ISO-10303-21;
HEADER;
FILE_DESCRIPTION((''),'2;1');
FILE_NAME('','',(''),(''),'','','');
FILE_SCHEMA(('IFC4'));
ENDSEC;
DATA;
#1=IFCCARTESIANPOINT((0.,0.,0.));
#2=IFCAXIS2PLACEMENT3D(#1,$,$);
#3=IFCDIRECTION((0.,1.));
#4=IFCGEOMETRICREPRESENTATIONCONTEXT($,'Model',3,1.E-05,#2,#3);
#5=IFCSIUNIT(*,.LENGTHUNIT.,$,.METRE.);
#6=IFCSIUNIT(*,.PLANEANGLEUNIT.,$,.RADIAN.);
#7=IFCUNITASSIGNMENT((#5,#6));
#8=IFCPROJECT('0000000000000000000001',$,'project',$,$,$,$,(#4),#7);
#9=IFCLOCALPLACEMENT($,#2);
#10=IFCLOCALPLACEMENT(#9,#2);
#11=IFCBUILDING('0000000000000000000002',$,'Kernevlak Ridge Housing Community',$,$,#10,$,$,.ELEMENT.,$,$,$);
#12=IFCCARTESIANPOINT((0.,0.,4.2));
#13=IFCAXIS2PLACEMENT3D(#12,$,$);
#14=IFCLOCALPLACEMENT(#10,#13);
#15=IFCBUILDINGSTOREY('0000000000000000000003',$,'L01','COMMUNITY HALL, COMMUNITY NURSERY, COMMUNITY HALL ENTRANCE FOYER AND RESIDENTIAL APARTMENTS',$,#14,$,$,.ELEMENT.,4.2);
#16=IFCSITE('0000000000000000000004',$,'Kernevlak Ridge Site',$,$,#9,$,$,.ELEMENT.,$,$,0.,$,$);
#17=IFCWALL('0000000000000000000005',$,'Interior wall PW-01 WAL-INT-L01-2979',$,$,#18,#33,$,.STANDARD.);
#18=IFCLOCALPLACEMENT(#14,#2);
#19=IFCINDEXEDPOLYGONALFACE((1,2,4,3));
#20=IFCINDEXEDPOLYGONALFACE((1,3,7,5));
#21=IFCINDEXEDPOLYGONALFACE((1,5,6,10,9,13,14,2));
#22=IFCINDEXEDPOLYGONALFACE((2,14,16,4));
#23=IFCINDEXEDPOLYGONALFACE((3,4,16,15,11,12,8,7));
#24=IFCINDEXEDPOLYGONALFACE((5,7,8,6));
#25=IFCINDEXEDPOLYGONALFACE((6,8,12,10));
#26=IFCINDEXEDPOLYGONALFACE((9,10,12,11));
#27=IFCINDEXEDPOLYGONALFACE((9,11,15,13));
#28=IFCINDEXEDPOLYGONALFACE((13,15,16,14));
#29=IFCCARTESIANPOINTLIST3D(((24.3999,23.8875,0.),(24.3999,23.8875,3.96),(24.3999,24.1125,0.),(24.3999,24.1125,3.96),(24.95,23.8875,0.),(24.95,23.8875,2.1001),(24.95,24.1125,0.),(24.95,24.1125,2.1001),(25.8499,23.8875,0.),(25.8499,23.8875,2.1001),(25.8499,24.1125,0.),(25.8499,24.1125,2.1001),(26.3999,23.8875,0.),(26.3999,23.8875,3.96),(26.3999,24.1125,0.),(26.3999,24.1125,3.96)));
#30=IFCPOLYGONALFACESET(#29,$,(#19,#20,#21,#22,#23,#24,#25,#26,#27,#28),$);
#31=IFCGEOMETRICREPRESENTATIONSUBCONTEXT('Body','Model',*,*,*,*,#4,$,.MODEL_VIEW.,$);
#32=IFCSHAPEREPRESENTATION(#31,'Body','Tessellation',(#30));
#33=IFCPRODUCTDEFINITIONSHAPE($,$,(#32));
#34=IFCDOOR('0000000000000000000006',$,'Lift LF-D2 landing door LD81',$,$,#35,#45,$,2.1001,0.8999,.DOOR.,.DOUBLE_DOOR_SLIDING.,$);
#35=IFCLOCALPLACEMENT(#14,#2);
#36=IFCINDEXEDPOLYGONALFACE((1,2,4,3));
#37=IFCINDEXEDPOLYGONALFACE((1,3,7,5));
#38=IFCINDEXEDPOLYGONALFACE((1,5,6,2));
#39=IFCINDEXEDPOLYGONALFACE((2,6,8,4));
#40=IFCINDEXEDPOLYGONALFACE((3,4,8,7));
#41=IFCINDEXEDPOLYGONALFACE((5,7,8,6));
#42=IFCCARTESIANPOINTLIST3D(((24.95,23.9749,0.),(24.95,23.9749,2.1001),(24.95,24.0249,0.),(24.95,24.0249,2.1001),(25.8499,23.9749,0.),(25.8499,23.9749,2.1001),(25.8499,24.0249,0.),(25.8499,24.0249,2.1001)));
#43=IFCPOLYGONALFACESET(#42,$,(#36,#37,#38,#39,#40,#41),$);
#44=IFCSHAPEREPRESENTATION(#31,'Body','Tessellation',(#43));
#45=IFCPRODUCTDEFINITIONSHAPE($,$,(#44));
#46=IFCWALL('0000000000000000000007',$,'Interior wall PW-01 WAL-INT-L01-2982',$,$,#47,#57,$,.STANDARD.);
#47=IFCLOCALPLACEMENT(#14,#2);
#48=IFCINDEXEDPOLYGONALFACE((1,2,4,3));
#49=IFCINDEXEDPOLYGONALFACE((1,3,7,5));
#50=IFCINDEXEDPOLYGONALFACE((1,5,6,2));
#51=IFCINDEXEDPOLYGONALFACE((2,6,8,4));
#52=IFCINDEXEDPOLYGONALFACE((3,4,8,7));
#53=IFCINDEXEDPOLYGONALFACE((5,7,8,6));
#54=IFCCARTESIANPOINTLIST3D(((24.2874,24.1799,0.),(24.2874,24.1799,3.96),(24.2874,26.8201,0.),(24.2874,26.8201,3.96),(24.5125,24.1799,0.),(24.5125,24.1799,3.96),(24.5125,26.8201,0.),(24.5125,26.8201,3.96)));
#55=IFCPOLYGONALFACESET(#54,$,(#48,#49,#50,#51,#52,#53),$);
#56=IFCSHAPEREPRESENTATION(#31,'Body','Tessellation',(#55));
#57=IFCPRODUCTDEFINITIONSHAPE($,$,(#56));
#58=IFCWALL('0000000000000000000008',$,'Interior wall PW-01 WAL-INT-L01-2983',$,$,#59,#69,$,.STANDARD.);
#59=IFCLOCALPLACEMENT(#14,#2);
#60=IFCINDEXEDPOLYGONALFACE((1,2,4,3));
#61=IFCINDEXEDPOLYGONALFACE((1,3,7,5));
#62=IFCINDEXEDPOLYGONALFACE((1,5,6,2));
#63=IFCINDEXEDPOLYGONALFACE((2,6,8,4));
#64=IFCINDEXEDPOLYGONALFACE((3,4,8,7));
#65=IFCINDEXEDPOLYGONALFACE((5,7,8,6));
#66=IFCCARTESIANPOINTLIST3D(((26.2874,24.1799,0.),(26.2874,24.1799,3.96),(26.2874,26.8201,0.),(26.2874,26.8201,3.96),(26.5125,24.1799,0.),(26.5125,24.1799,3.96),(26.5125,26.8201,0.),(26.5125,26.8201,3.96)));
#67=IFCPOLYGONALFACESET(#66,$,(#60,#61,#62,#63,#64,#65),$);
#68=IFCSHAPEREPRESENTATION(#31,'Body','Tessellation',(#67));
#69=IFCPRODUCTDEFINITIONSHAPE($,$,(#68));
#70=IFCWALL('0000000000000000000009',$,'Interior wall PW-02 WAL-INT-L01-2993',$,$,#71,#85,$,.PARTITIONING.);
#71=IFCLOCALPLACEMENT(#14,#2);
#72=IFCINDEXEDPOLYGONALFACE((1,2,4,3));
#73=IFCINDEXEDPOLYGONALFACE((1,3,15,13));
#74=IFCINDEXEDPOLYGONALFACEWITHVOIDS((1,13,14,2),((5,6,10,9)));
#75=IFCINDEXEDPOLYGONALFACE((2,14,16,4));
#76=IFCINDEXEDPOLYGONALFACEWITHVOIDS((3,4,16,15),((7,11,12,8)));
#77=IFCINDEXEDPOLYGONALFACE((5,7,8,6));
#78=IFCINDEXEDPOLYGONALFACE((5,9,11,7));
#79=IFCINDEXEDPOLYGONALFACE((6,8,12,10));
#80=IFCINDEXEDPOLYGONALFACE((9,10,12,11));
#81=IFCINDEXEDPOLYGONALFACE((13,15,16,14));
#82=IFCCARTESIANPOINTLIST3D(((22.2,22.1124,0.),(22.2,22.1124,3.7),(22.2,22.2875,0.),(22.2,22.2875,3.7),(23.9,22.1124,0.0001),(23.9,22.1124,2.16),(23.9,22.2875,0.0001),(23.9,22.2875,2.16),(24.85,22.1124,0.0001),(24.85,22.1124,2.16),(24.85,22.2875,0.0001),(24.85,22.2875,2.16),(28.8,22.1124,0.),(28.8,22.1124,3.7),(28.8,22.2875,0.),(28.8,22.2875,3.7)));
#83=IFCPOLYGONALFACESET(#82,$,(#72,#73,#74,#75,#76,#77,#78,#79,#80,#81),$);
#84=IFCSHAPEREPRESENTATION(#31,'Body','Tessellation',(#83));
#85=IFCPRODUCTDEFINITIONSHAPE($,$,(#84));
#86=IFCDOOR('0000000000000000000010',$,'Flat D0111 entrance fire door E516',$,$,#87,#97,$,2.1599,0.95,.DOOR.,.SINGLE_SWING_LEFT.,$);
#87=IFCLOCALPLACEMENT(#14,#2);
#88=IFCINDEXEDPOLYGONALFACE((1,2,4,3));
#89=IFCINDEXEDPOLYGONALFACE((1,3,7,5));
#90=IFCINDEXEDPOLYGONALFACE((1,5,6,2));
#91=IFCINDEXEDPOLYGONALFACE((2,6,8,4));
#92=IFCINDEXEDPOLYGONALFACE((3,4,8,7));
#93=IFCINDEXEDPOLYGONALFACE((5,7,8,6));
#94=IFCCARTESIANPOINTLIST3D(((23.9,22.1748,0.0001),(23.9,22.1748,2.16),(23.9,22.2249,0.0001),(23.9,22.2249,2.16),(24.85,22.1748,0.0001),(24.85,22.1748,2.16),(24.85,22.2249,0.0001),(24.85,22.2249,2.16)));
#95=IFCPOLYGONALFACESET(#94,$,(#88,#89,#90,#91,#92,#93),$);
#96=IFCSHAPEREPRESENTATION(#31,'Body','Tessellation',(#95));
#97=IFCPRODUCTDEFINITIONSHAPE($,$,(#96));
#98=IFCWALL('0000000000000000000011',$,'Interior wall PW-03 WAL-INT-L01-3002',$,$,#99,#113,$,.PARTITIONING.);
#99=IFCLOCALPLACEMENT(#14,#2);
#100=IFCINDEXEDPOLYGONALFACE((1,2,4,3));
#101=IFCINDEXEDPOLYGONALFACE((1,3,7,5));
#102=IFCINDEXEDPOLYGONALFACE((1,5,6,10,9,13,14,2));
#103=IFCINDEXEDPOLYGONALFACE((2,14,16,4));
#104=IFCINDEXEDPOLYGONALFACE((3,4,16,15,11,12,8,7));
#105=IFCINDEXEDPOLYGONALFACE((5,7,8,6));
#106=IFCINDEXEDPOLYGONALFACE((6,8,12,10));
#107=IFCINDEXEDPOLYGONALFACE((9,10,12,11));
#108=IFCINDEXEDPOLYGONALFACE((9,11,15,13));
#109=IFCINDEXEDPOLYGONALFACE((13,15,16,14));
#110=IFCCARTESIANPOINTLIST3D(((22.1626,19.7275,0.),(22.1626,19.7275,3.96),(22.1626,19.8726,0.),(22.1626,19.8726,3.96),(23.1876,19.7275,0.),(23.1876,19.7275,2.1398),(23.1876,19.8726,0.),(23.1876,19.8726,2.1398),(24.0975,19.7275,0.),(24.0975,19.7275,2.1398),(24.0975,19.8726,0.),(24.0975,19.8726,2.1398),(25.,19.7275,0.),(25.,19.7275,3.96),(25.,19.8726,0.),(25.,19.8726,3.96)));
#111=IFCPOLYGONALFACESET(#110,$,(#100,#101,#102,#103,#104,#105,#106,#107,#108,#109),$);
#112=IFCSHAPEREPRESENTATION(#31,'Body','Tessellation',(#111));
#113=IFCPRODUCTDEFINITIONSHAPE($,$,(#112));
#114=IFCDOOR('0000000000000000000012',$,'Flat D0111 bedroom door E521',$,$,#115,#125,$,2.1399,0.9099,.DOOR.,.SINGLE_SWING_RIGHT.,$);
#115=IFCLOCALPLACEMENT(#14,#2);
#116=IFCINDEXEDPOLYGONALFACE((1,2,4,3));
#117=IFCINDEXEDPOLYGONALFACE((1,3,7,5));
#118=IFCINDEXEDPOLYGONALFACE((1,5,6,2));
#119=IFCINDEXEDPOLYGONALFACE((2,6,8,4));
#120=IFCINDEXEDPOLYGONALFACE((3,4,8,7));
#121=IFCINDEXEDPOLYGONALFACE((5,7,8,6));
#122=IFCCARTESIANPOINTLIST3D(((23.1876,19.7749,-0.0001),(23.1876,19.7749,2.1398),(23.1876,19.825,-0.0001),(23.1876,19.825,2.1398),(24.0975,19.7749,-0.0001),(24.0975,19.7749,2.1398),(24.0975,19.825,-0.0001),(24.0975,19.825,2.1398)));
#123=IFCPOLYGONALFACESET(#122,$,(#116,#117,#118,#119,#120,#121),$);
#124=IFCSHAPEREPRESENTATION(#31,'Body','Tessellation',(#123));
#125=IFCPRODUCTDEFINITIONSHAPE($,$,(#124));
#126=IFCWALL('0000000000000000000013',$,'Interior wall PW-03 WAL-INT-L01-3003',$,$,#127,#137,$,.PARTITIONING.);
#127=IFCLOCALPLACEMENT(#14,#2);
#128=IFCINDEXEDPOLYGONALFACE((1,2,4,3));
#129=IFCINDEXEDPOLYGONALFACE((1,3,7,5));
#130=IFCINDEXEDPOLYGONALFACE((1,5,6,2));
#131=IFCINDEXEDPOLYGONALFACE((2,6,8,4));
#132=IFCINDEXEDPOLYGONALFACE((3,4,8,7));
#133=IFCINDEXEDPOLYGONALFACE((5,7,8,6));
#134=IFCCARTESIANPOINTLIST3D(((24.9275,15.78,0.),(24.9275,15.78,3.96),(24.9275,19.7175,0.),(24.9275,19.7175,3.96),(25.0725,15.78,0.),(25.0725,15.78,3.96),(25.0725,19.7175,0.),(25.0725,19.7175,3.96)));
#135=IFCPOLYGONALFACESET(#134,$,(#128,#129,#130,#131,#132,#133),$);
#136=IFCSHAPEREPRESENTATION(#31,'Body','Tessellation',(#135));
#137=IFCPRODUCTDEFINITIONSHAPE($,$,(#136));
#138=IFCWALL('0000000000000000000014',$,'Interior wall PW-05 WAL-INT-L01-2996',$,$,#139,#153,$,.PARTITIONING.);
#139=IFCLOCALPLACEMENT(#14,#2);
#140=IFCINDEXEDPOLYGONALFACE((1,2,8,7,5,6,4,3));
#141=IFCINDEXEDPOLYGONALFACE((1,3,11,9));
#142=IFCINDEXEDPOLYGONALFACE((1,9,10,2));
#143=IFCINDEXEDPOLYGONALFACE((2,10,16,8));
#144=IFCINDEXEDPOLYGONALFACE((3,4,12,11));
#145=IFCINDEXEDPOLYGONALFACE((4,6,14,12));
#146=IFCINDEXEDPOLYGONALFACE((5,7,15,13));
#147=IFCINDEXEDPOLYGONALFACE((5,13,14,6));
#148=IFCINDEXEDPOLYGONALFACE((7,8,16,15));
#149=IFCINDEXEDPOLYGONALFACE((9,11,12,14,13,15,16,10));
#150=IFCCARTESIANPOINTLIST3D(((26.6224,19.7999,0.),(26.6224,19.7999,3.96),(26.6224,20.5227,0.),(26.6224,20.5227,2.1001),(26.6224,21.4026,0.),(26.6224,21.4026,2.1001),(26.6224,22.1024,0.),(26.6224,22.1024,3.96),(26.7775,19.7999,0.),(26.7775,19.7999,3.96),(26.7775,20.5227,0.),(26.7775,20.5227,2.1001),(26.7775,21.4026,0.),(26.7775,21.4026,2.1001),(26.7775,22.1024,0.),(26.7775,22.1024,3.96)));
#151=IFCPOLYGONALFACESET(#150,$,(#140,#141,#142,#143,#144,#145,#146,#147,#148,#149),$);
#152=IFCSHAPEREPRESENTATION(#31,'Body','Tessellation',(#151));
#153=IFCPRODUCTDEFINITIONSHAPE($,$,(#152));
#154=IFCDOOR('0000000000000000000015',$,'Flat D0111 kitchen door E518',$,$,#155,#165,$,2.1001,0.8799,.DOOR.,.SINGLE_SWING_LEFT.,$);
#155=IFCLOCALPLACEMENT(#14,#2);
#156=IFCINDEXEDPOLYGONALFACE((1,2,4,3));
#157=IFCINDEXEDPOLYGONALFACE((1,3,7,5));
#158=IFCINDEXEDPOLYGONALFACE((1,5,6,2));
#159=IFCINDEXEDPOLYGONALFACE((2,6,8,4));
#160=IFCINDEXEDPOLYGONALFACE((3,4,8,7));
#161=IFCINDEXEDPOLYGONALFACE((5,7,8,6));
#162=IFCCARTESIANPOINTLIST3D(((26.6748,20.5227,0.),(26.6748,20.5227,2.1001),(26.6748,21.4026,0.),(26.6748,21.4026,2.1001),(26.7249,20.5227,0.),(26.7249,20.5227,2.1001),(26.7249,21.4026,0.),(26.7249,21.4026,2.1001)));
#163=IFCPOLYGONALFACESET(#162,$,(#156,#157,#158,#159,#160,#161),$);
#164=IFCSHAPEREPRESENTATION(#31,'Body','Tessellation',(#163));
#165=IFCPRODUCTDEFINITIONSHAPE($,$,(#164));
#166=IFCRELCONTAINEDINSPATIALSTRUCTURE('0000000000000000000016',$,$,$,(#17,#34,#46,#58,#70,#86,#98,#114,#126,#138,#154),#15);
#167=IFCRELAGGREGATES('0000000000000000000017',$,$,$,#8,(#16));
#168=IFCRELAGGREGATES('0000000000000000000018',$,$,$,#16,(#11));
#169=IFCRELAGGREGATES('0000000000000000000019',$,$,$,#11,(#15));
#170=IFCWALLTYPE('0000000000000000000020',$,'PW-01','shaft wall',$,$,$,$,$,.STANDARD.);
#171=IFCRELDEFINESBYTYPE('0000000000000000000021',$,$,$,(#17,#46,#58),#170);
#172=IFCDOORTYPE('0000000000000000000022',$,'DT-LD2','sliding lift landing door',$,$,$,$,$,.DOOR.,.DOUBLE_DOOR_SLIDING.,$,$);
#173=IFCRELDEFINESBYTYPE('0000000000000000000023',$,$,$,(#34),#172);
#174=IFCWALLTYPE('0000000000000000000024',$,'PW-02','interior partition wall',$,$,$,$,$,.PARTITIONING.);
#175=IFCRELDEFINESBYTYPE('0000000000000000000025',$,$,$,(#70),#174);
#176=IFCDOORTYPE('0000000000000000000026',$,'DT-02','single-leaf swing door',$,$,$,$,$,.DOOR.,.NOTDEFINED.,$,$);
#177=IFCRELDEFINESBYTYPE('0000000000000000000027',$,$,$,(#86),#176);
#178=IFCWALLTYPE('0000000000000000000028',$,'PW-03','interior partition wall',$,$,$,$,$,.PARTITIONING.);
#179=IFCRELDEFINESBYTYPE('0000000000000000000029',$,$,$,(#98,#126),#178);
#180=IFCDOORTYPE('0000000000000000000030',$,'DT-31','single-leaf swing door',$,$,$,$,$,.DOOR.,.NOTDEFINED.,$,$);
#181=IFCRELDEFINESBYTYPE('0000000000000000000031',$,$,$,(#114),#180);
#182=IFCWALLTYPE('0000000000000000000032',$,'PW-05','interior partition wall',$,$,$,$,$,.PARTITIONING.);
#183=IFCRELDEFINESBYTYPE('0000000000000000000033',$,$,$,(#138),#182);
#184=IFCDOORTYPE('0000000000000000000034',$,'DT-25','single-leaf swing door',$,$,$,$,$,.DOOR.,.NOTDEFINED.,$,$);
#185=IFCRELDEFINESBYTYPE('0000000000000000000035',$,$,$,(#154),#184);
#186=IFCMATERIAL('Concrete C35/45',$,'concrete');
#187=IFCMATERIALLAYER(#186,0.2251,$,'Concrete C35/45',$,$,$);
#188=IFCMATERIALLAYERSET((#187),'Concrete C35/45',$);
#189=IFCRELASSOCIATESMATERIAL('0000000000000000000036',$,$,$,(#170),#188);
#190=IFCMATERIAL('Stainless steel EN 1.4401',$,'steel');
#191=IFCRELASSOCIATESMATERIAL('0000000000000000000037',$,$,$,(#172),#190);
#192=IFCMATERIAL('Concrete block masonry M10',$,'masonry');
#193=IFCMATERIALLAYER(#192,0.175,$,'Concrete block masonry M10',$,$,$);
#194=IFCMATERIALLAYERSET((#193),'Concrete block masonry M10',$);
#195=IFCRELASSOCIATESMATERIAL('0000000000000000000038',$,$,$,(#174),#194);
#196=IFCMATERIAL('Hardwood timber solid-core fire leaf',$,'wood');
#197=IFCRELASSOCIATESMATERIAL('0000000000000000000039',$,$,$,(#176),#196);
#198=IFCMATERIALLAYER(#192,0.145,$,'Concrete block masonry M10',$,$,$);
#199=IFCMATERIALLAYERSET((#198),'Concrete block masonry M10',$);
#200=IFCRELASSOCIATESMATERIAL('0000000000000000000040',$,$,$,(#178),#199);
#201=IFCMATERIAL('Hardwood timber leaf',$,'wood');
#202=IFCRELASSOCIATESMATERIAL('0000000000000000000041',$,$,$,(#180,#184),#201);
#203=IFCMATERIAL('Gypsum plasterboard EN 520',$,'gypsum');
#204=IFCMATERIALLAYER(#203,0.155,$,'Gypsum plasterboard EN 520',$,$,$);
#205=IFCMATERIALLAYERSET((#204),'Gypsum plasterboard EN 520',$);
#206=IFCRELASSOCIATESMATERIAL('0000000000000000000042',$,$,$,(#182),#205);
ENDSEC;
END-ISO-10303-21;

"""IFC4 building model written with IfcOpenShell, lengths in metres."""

from ifc_helpers import new_model, si_unit, direction, frame, frame_2d, origin, place, context, subcontext, project, spatial, rectangle, extrude, material, layer, layer_set, type_object, element, fill, save


model = new_model("IFC4")

# Units and contexts
model_context = context("Model", 3, precision=1e-05, world=origin(), true_north=direction((0.0, 1.0)))
body_context = subcontext(model_context, "Body", "Model", "MODEL_VIEW")
ifc_project = project(units=[si_unit("LENGTHUNIT", "METRE"), si_unit("PLANEANGLEUNIT", "RADIAN")], contexts=[model_context])

# Site, building, storey
site_placement = place(None, origin())
site = spatial("IfcSite", under=ifc_project, at=site_placement, Name="Kernevlak Ridge Site", CompositionType="ELEMENT", RefElevation=0.0)
building_placement = place(site_placement, origin())
building = spatial("IfcBuilding", under=site, at=building_placement, Name="Kernevlak Ridge Housing Community", CompositionType="ELEMENT")
storey_placement = place(building_placement, frame((0.0, 0.0, 4.2)))
storey = spatial("IfcBuildingStorey", under=building, at=storey_placement, Name="L01", Description="COMMUNITY HALL, COMMUNITY NURSERY, COMMUNITY HALL ENTRANCE FOYER AND RESIDENTIAL APARTMENTS", CompositionType="ELEMENT", Elevation=4.2)

# Shared definitions
ifc_material_1 = material(Name="Concrete C35/45", Category="concrete")

# Shared definitions
ifc_material_2 = material(Name="Concrete block masonry M10", Category="masonry")

# Wall, opening, door
ifc_layer_1 = layer(ifc_material_1, 0.2251, Name="Concrete C35/45")
ifc_layer_set_1 = layer_set([ifc_layer_1], Name="Concrete C35/45")
wall_type_1 = type_object("IfcWallType", Name="PW-01", Description="shaft wall", PredefinedType="STANDARD", material=ifc_layer_set_1)
ifc_material_3 = material(Name="Stainless steel EN 1.4401", Category="steel")
wall_1_placement = place(storey_placement, frame((24.3999, 24.0, 0.0), z_axis=(0.0, 0.0, 1.0), x_axis=(1.0, 0.0, 0.0)))
wall_1 = element("IfcWall", 1, at=wall_1_placement, inside=storey, type_object=wall_type_1, Name="Interior wall PW-01 WAL-INT-L01-2979", PredefinedType="STANDARD", context=body_context, shape_type="SweptSolid", body=[
    extrude(rectangle(XDim=2.0, YDim=0.2251, at=frame_2d((1.0, 0.0))), origin(), (0.0, 0.0, 1.0), 3.96),
])
opening_1_placement = place(wall_1_placement, frame((0.55, 0.0, 0.0)))
opening_1 = element("IfcOpeningElement", 2, at=opening_1_placement, cuts=wall_1, PredefinedType="OPENING", context=body_context, shape_type="SweptSolid", body=[
    extrude(rectangle(XDim=0.8999, YDim=2.1001, at=frame_2d((0.45, 1.05))), frame((0.0, 0.1226, 0.0), z_axis=(0.0, -1.0, 0.0), x_axis=(1.0, 0.0, 0.0)), (0.0, 0.0, 1.0), 0.2451),
])
door_type_1 = type_object("IfcDoorType", Name="DT-LD2", Description="sliding lift landing door", OperationType="DOUBLE_DOOR_SLIDING", PredefinedType="DOOR", material=ifc_material_3)
door_1_placement = place(opening_1_placement, origin())
door_1 = element("IfcDoor", 3, at=door_1_placement, inside=storey, type_object=door_type_1, Name="Lift LF-D2 landing door LD81", OperationType="DOUBLE_DOOR_SLIDING", OverallHeight=2.1001, OverallWidth=0.8999, PredefinedType="DOOR", context=body_context, shape_type="SweptSolid", body=[
    extrude(rectangle(XDim=0.8999, YDim=2.1001, at=frame_2d((0.45, 1.05))), frame((0.0, 0.0249, 0.0), z_axis=(0.0, -1.0, 0.0), x_axis=(1.0, 0.0, 0.0)), (0.0, 0.0, 1.0), 0.05),
])
fill(opening_1, door_1)

# Walls
for number, where, z_axis, x_axis, name in (
    (4, (24.3999, 24.1799, 0.0), (0.0, 0.0, 1.0), (0.0, 1.0, 0.0), "Interior wall PW-01 WAL-INT-L01-2982"),
    (5, (26.3999, 24.1799, 0.0), (0.0, 0.0, 1.0), (0.0, 1.0, 0.0), "Interior wall PW-01 WAL-INT-L01-2983"),
):
    element("IfcWall", number, at=place(storey_placement, frame(where, z_axis=z_axis, x_axis=x_axis)), inside=storey, type_object=wall_type_1, Name=name, PredefinedType="STANDARD", context=body_context, shape_type="SweptSolid", body=[
        extrude(rectangle(XDim=2.6401, YDim=0.2251, at=frame_2d((1.3201, 0.0))), origin(), (0.0, 0.0, 1.0), 3.96),
    ])

# Walls, openings, doors
ifc_layer_2 = layer(ifc_material_2, 0.175, Name="Concrete block masonry M10")
ifc_layer_set_2 = layer_set([ifc_layer_2], Name="Concrete block masonry M10")
wall_type_2 = type_object("IfcWallType", Name="PW-02", Description="interior partition wall", PredefinedType="PARTITIONING", material=ifc_layer_set_2)
wall_2_placement = place(storey_placement, frame((22.2, 22.2, 0.0), z_axis=(0.0, 0.0, 1.0), x_axis=(1.0, 0.0, 0.0)))
wall_2 = element("IfcWall", 6, at=wall_2_placement, inside=storey, type_object=wall_type_2, Name="Interior wall PW-02 WAL-INT-L01-2993", PredefinedType="PARTITIONING", context=body_context, shape_type="SweptSolid", body=[
    extrude(rectangle(XDim=6.6001, YDim=0.175, at=frame_2d((3.3, 0.0))), origin(), (0.0, 0.0, 1.0), 3.7),
])
opening_2_placement = place(wall_2_placement, frame((1.7, 0.0, 0.0)))
opening_2 = element("IfcOpeningElement", 7, at=opening_2_placement, cuts=wall_2, PredefinedType="OPENING", context=body_context, shape_type="SweptSolid", body=[
    extrude(rectangle(XDim=0.95, YDim=2.1599, at=frame_2d((0.4751, 1.0801))), frame((0.0, 0.0974, 0.0), z_axis=(0.0, -1.0, 0.0), x_axis=(1.0, 0.0, 0.0)), (0.0, 0.0, 1.0), 0.1951),
])
ifc_material_4 = material(Name="Hardwood timber solid-core fire leaf", Category="wood")
door_type_2 = type_object("IfcDoorType", Name="DT-02", Description="single-leaf swing door", OperationType="NOTDEFINED", PredefinedType="DOOR", material=ifc_material_4)
door_2_placement = place(opening_2_placement, origin())
door_2 = element("IfcDoor", 8, at=door_2_placement, inside=storey, type_object=door_type_2, Name="Flat D0111 entrance fire door E516", OperationType="SINGLE_SWING_LEFT", OverallHeight=2.1599, OverallWidth=0.95, PredefinedType="DOOR", context=body_context, shape_type="SweptSolid", body=[
    extrude(rectangle(XDim=0.95, YDim=2.1599, at=frame_2d((0.4751, 1.0801))), frame((0.0, 0.0249, 0.0), z_axis=(0.0, -1.0, 0.0), x_axis=(1.0, 0.0, 0.0)), (0.0, 0.0, 1.0), 0.05),
])
fill(opening_2, door_2)
ifc_layer_3 = layer(ifc_material_2, 0.145, Name="Concrete block masonry M10")
ifc_layer_set_3 = layer_set([ifc_layer_3], Name="Concrete block masonry M10")
wall_type_3 = type_object("IfcWallType", Name="PW-03", Description="interior partition wall", PredefinedType="PARTITIONING", material=ifc_layer_set_3)
wall_3_placement = place(storey_placement, frame((22.1626, 19.8, 0.0), z_axis=(0.0, 0.0, 1.0), x_axis=(1.0, 0.0, 0.0)))
wall_3 = element("IfcWall", 9, at=wall_3_placement, inside=storey, type_object=wall_type_3, Name="Interior wall PW-03 WAL-INT-L01-3002", PredefinedType="PARTITIONING", context=body_context, shape_type="SweptSolid", body=[
    extrude(rectangle(XDim=2.8374, YDim=0.145, at=frame_2d((1.4187, 0.0))), origin(), (0.0, 0.0, 1.0), 3.96),
])
opening_3_placement = place(wall_3_placement, frame((1.0249, 0.0, 0.0)))
opening_3 = element("IfcOpeningElement", 10, at=opening_3_placement, cuts=wall_3, PredefinedType="OPENING", context=body_context, shape_type="SweptSolid", body=[
    extrude(rectangle(XDim=0.9099, YDim=2.1399, at=frame_2d((0.4551, 1.0698))), frame((0.0, 0.0825, 0.0), z_axis=(0.0, -1.0, 0.0), x_axis=(1.0, 0.0, 0.0)), (0.0, 0.0, 1.0), 0.165),
])
ifc_material_5 = material(Name="Hardwood timber leaf", Category="wood")
door_type_3 = type_object("IfcDoorType", Name="DT-31", Description="single-leaf swing door", OperationType="NOTDEFINED", PredefinedType="DOOR", material=ifc_material_5)
door_3_placement = place(opening_3_placement, origin())
door_3 = element("IfcDoor", 11, at=door_3_placement, inside=storey, type_object=door_type_3, Name="Flat D0111 bedroom door E521", OperationType="SINGLE_SWING_RIGHT", OverallHeight=2.1399, OverallWidth=0.9099, PredefinedType="DOOR", context=body_context, shape_type="SweptSolid", body=[
    extrude(rectangle(XDim=0.9099, YDim=2.1399, at=frame_2d((0.4551, 1.0698))), frame((0.0, 0.0249, 0.0), z_axis=(0.0, -1.0, 0.0), x_axis=(1.0, 0.0, 0.0)), (0.0, 0.0, 1.0), 0.05),
])
fill(opening_3, door_3)

# Wall
wall_4_placement = place(storey_placement, frame((25.0, 19.7175, 0.0), z_axis=(0.0, 0.0, 1.0), x_axis=(0.0, -1.0, 0.0)))
element("IfcWall", 12, at=wall_4_placement, inside=storey, type_object=wall_type_3, Name="Interior wall PW-03 WAL-INT-L01-3003", PredefinedType="PARTITIONING", context=body_context, shape_type="SweptSolid", body=[
    extrude(rectangle(XDim=3.9375, YDim=0.145, at=frame_2d((1.9688, 0.0))), origin(), (0.0, 0.0, 1.0), 3.96),
])

# Wall, opening, door
ifc_material_6 = material(Name="Gypsum plasterboard EN 520", Category="gypsum")
ifc_layer_4 = layer(ifc_material_6, 0.155, Name="Gypsum plasterboard EN 520")
ifc_layer_set_4 = layer_set([ifc_layer_4], Name="Gypsum plasterboard EN 520")
wall_type_4 = type_object("IfcWallType", Name="PW-05", Description="interior partition wall", PredefinedType="PARTITIONING", material=ifc_layer_set_4)
wall_5_placement = place(storey_placement, frame((26.7, 22.1025, 0.0), z_axis=(0.0, 0.0, 1.0), x_axis=(0.0, -1.0, 0.0)))
wall_5 = element("IfcWall", 13, at=wall_5_placement, inside=storey, type_object=wall_type_4, Name="Interior wall PW-05 WAL-INT-L01-2996", PredefinedType="PARTITIONING", context=body_context, shape_type="SweptSolid", body=[
    extrude(rectangle(XDim=2.3025, YDim=0.155, at=frame_2d((1.1514, 0.0))), origin(), (0.0, 0.0, 1.0), 3.96),
])
opening_4_placement = place(wall_5_placement, frame((0.7, 0.0, 0.0)))
opening_4 = element("IfcOpeningElement", 14, at=opening_4_placement, cuts=wall_5, PredefinedType="OPENING", context=body_context, shape_type="SweptSolid", body=[
    extrude(rectangle(XDim=0.8799, YDim=2.1001, at=frame_2d((0.4399, 1.05))), frame((0.0, 0.0874, 0.0), z_axis=(0.0, -1.0, 0.0), x_axis=(1.0, 0.0, 0.0)), (0.0, 0.0, 1.0), 0.175),
])
door_type_4 = type_object("IfcDoorType", Name="DT-25", Description="single-leaf swing door", OperationType="NOTDEFINED", PredefinedType="DOOR", material=ifc_material_5)
door_4_placement = place(opening_4_placement, origin())
door_4 = element("IfcDoor", 15, at=door_4_placement, inside=storey, type_object=door_type_4, Name="Flat D0111 kitchen door E518", OperationType="SINGLE_SWING_LEFT", OverallHeight=2.1001, OverallWidth=0.8799, PredefinedType="DOOR", context=body_context, shape_type="SweptSolid", body=[
    extrude(rectangle(XDim=0.8799, YDim=2.1001, at=frame_2d((0.4399, 1.05))), frame((0.0, 0.0249, 0.0), z_axis=(0.0, -1.0, 0.0), x_axis=(1.0, 0.0, 0.0)), (0.0, 0.0, 1.0), 0.05),
])
fill(opening_4, door_4)

save(model, "model.ifc")
